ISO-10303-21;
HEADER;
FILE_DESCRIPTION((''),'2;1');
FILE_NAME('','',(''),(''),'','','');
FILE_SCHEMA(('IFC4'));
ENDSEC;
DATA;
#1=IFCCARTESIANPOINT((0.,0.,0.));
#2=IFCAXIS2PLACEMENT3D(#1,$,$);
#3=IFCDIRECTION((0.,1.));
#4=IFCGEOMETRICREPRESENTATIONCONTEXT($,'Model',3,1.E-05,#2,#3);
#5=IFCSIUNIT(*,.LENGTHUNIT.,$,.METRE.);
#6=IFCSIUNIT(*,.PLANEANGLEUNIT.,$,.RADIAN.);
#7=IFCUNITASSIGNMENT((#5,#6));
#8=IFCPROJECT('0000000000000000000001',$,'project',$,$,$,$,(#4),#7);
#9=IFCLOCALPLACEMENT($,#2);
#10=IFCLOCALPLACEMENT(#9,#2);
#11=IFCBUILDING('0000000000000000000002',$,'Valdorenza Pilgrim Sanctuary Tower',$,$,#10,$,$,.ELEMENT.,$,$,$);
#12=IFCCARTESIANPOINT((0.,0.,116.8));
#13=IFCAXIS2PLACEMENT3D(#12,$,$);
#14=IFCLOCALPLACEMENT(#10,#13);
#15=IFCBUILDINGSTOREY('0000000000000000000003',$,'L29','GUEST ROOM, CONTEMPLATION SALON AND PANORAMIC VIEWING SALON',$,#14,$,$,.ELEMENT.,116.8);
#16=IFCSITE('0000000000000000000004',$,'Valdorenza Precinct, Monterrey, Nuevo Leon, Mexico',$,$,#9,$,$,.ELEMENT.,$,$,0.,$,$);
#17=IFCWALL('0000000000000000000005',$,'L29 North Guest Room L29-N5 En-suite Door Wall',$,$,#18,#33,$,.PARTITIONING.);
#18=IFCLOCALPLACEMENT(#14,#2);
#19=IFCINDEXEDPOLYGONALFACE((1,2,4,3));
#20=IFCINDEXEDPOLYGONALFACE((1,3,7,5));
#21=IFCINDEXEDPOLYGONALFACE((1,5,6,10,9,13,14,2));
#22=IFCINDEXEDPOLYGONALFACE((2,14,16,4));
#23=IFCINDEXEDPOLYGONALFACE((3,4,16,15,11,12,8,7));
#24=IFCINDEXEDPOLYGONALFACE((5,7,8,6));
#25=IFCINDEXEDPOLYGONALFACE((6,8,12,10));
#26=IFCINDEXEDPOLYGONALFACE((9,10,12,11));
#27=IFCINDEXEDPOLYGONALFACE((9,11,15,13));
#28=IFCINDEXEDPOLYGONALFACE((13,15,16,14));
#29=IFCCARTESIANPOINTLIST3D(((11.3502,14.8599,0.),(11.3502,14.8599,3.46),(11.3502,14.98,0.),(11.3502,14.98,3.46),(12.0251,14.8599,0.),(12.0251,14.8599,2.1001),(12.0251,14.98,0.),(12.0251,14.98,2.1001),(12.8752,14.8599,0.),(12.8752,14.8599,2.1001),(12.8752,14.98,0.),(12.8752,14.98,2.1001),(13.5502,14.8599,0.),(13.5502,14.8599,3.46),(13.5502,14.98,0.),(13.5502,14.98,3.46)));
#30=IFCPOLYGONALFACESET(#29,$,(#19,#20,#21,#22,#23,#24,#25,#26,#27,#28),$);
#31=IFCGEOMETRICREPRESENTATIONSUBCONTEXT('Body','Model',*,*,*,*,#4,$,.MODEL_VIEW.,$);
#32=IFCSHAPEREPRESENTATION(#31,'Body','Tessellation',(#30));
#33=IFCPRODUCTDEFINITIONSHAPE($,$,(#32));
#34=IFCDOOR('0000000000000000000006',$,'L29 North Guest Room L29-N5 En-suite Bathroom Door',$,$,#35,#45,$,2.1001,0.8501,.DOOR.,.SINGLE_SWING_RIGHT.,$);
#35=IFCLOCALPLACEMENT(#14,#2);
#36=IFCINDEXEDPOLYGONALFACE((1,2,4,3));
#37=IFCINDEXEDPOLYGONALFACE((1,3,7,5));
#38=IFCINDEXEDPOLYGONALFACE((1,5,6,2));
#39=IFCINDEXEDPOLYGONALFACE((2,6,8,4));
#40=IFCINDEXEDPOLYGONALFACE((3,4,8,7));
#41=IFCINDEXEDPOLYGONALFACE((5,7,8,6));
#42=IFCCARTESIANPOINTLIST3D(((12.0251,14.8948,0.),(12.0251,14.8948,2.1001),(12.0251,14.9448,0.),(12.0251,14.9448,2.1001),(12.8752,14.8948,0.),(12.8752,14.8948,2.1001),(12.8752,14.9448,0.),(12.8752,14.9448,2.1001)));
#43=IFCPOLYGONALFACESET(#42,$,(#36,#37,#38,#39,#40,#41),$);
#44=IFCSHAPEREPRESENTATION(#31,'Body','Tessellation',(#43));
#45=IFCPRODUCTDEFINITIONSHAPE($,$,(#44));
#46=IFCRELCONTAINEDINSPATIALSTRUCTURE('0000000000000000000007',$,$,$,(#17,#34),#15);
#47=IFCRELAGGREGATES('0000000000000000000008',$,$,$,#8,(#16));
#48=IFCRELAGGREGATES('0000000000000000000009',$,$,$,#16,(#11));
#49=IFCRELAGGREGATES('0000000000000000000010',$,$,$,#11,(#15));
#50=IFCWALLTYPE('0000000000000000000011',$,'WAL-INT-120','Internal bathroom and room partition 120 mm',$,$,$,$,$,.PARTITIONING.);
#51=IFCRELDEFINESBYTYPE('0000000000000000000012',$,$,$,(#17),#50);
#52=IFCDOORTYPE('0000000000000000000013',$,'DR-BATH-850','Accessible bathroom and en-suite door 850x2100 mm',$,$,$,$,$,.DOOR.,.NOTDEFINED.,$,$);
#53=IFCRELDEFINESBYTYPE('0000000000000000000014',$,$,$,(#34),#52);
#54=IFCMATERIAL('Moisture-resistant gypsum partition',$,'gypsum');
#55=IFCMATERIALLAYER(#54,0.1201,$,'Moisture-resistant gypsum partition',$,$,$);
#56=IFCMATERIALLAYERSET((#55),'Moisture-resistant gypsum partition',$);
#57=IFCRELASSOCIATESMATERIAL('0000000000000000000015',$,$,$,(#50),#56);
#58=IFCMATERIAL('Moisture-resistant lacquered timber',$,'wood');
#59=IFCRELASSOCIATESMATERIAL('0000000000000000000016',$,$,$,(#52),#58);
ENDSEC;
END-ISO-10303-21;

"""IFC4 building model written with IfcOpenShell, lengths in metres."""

from ifc_helpers import new_model, si_unit, direction, frame, frame_2d, origin, place, context, subcontext, project, spatial, rectangle, extrude, material, layer, layer_set, type_object, element, fill, save


model = new_model("IFC4")

# Units and contexts
model_context = context("Model", 3, precision=1e-05, world=origin(), true_north=direction((0.0, 1.0)))
body_context = subcontext(model_context, "Body", "Model", "MODEL_VIEW")
ifc_project = project(units=[si_unit("LENGTHUNIT", "METRE"), si_unit("PLANEANGLEUNIT", "RADIAN")], contexts=[model_context])

# Site, building, storey
site_placement = place(None, origin())
site = spatial("IfcSite", under=ifc_project, at=site_placement, Name="Valdorenza Precinct, Monterrey, Nuevo Leon, Mexico", CompositionType="ELEMENT", RefElevation=0.0)
building_placement = place(site_placement, origin())
building = spatial("IfcBuilding", under=site, at=building_placement, Name="Valdorenza Pilgrim Sanctuary Tower", CompositionType="ELEMENT")
storey_placement = place(building_placement, frame((0.0, 0.0, 116.8)))
storey = spatial("IfcBuildingStorey", under=building, at=storey_placement, Name="L29", Description="GUEST ROOM, CONTEMPLATION SALON AND PANORAMIC VIEWING SALON", CompositionType="ELEMENT", Elevation=116.8)

# Shared definitions
ifc_material_1 = material(Name="Moisture-resistant gypsum partition", Category="gypsum")
ifc_layer_1 = layer(ifc_material_1, 0.1201, Name="Moisture-resistant gypsum partition")
ifc_layer_set_1 = layer_set([ifc_layer_1], Name="Moisture-resistant gypsum partition")
wall_type_1 = type_object("IfcWallType", Name="WAL-INT-120", Description="Internal bathroom and room partition 120 mm", PredefinedType="PARTITIONING", material=ifc_layer_set_1)

# Wall, opening, door
wall_1_placement = place(storey_placement, frame((11.3501, 14.9199, 0.0), z_axis=(0.0, 0.0, 1.0), x_axis=(1.0, 0.0, 0.0)))
wall_1 = element("IfcWall", 1, at=wall_1_placement, inside=storey, type_object=wall_type_1, Name="L29 North Guest Room L29-N5 En-suite Door Wall", PredefinedType="PARTITIONING", context=body_context, shape_type="SweptSolid", body=[
    extrude(rectangle(XDim=2.2, YDim=0.1201, at=frame_2d((1.1001, 0.0))), origin(), (0.0, 0.0, 1.0), 3.46),
])
opening_1_placement = place(wall_1_placement, frame((0.675, 0.0, 0.0)))
opening_1 = element("IfcOpeningElement", 2, at=opening_1_placement, cuts=wall_1, PredefinedType="OPENING", context=body_context, shape_type="SweptSolid", body=[
    extrude(rectangle(XDim=0.8501, YDim=2.1001, at=frame_2d((0.425, 1.05))), frame((0.0, 0.075, 0.0), z_axis=(0.0, -1.0, 0.0), x_axis=(1.0, 0.0, 0.0)), (0.0, 0.0, 1.0), 0.1499),
])
ifc_material_2 = material(Name="Moisture-resistant lacquered timber", Category="wood")
door_type_1 = type_object("IfcDoorType", Name="DR-BATH-850", Description="Accessible bathroom and en-suite door 850x2100 mm", OperationType="NOTDEFINED", PredefinedType="DOOR", material=ifc_material_2)
door_1_placement = place(opening_1_placement, origin())
door_1 = element("IfcDoor", 3, at=door_1_placement, inside=storey, type_object=door_type_1, Name="L29 North Guest Room L29-N5 En-suite Bathroom Door", OperationType="SINGLE_SWING_RIGHT", OverallHeight=2.1001, OverallWidth=0.8501, PredefinedType="DOOR", context=body_context, shape_type="SweptSolid", body=[
    extrude(rectangle(XDim=0.8501, YDim=2.1001, at=frame_2d((0.425, 1.05))), frame((0.0, 0.0249, 0.0), z_axis=(0.0, -1.0, 0.0), x_axis=(1.0, 0.0, 0.0)), (0.0, 0.0, 1.0), 0.05),
])
fill(opening_1, door_1)

save(model, "model.ifc")
